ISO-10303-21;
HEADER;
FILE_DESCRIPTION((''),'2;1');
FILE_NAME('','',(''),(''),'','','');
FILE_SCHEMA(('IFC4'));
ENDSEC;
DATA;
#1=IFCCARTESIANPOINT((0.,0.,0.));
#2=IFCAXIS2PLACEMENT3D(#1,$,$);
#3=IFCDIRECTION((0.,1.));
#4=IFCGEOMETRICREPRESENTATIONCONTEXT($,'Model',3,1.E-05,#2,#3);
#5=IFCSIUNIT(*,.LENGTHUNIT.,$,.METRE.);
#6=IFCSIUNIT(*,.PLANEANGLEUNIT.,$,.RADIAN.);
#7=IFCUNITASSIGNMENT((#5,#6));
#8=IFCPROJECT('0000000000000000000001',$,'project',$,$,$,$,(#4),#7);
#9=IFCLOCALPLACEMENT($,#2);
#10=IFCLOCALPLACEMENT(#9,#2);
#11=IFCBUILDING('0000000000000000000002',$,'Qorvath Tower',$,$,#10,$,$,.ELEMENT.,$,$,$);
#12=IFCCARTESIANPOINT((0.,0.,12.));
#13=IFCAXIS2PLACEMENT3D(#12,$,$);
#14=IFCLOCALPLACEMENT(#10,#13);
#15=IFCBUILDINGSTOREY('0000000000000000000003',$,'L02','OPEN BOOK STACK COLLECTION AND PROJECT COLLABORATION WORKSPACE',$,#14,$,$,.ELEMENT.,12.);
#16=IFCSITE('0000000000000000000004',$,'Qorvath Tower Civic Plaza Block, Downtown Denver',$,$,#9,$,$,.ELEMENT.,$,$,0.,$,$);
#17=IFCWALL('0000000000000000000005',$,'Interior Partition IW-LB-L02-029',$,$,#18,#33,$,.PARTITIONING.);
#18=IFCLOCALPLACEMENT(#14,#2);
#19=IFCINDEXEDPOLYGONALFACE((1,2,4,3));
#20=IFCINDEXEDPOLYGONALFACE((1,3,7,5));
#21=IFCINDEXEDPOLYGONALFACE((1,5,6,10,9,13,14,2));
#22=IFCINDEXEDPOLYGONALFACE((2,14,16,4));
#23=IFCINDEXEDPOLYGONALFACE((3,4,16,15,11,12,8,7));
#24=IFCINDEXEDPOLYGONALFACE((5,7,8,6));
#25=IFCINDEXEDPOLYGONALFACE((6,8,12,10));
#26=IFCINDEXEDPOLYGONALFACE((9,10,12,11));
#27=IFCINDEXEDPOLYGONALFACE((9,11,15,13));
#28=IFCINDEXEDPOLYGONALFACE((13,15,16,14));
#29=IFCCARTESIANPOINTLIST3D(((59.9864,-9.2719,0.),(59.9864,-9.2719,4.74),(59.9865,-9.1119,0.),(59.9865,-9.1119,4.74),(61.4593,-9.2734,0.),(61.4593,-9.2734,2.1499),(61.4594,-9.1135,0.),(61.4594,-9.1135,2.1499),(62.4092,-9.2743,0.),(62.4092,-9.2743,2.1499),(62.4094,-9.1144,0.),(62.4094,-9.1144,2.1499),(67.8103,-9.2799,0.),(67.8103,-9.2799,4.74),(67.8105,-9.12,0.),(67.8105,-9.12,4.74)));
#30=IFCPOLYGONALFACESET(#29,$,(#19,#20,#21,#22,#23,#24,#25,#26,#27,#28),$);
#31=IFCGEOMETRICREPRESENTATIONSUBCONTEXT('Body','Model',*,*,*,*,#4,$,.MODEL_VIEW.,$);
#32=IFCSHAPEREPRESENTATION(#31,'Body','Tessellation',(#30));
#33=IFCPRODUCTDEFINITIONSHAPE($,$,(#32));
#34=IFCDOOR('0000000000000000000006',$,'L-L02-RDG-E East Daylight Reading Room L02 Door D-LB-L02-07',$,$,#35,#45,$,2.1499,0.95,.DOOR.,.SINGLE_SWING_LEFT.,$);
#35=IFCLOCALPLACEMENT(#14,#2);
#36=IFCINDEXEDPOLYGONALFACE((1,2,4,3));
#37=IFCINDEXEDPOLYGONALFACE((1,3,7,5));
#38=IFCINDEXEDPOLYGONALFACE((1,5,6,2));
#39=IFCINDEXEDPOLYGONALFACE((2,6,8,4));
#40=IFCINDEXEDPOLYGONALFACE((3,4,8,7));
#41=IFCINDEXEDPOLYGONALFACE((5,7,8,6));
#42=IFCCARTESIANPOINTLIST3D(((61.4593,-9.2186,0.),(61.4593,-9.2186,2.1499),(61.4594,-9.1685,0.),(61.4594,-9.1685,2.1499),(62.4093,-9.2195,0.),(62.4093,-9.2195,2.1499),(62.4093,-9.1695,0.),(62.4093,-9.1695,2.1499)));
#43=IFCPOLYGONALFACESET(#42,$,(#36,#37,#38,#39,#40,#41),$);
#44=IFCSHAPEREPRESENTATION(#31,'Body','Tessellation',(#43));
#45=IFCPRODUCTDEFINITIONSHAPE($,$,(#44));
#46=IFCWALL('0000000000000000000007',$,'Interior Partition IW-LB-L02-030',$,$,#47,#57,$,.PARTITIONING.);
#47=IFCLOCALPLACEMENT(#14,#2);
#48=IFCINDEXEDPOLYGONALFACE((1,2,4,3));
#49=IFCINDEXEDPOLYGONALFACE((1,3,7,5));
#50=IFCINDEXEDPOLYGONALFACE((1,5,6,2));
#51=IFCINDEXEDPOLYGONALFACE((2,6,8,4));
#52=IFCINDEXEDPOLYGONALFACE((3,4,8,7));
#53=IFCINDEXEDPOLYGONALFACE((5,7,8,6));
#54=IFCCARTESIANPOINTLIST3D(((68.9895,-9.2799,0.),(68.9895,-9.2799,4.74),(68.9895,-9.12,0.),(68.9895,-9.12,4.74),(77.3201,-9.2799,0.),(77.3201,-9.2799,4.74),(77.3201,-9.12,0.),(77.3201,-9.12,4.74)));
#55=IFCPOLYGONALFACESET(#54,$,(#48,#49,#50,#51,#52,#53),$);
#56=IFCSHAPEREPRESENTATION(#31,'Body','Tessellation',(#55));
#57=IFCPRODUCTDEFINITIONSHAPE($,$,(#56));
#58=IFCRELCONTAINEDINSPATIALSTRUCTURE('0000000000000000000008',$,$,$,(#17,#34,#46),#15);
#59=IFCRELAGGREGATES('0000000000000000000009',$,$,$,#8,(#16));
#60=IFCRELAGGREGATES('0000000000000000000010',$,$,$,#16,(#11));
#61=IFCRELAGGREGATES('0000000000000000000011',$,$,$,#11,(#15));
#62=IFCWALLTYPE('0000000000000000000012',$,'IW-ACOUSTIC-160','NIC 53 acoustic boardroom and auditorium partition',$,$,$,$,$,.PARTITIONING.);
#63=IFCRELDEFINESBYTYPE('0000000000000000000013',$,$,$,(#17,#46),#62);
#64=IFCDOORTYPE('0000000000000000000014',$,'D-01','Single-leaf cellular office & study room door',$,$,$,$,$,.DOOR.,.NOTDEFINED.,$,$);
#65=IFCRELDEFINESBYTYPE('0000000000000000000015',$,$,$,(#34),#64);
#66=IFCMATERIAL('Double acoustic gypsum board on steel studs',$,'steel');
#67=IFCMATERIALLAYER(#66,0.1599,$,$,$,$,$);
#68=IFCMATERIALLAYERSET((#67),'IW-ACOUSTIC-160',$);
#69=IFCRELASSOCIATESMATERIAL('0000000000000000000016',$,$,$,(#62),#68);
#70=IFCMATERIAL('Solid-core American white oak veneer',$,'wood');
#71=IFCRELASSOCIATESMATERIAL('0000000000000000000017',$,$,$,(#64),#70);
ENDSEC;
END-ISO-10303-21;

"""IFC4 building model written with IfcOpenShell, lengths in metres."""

from ifc_helpers import new_model, si_unit, direction, frame, frame_2d, origin, place, context, subcontext, project, spatial, rectangle, extrude, material, layer, layer_set, type_object, element, fill, save


model = new_model("IFC4")

# Units and contexts
model_context = context("Model", 3, precision=1e-05, world=origin(), true_north=direction((0.0, 1.0)))
body_context = subcontext(model_context, "Body", "Model", "MODEL_VIEW")
ifc_project = project(units=[si_unit("LENGTHUNIT", "METRE"), si_unit("PLANEANGLEUNIT", "RADIAN")], contexts=[model_context])

# Site, building, storey
site_placement = place(None, origin())
site = spatial("IfcSite", under=ifc_project, at=site_placement, Name="Qorvath Tower Civic Plaza Block, Downtown Denver", CompositionType="ELEMENT", RefElevation=0.0)
building_placement = place(site_placement, origin())
building = spatial("IfcBuilding", under=site, at=building_placement, Name="Qorvath Tower", CompositionType="ELEMENT")
storey_placement = place(building_placement, frame((0.0, 0.0, 12.0)))
storey = spatial("IfcBuildingStorey", under=building, at=storey_placement, Name="L02", Description="OPEN BOOK STACK COLLECTION AND PROJECT COLLABORATION WORKSPACE", CompositionType="ELEMENT", Elevation=12.0)

# Wall, opening, door
ifc_material_1 = material(Name="Double acoustic gypsum board on steel studs", Category="steel")
ifc_layer_1 = layer(ifc_material_1, 0.1599)
ifc_layer_set_1 = layer_set([ifc_layer_1], Name="IW-ACOUSTIC-160")
wall_type = type_object("IfcWallType", Name="IW-ACOUSTIC-160", Description="NIC 53 acoustic boardroom and auditorium partition", PredefinedType="PARTITIONING", material=ifc_layer_set_1)
wall_1_placement = place(storey_placement, frame((59.9863, -9.1919, 0.0), z_axis=(0.0, 0.0, 1.0), x_axis=(0.999999, -0.00103, 0.0)))
wall_1 = element("IfcWall", 1, at=wall_1_placement, inside=storey, type_object=wall_type, Name="Interior Partition IW-LB-L02-029", PredefinedType="PARTITIONING", context=body_context, shape_type="SweptSolid", body=[
    extrude(rectangle(XDim=7.824, YDim=0.1599, at=frame_2d((3.9121, 0.0))), origin(), (0.0, 0.0, 1.0), 4.74),
])
opening_placement = place(wall_1_placement, frame((1.4729, 0.0, 0.0)))
opening = element("IfcOpeningElement", 2, at=opening_placement, cuts=wall_1, PredefinedType="OPENING", context=body_context, shape_type="SweptSolid", body=[
    extrude(rectangle(XDim=0.95, YDim=2.1499, at=frame_2d((0.4751, 1.075))), frame((0.0, 0.0898, 0.0), z_axis=(0.0, -1.0, 0.0), x_axis=(1.0, 0.0, 0.0)), (0.0, 0.0, 1.0), 0.1799),
])
ifc_material_2 = material(Name="Solid-core American white oak veneer", Category="wood")
door_type = type_object("IfcDoorType", Name="D-01", Description="Single-leaf cellular office & study room door", OperationType="NOTDEFINED", PredefinedType="DOOR", material=ifc_material_2)
door_placement = place(opening_placement, origin())
door = element("IfcDoor", 3, at=door_placement, inside=storey, type_object=door_type, Name="L-L02-RDG-E East Daylight Reading Room L02 Door D-LB-L02-07", OperationType="SINGLE_SWING_LEFT", OverallHeight=2.1499, OverallWidth=0.95, PredefinedType="DOOR", context=body_context, shape_type="SweptSolid", body=[
    extrude(rectangle(XDim=0.95, YDim=2.1499, at=frame_2d((0.4751, 1.075))), frame((0.0, 0.0249, 0.0), z_axis=(0.0, -1.0, 0.0), x_axis=(1.0, 0.0, 0.0)), (0.0, 0.0, 1.0), 0.05),
])
fill(opening, door)

# Wall
wall_2_placement = place(storey_placement, frame((68.9895, -9.2, 0.0), z_axis=(0.0, 0.0, 1.0), x_axis=(1.0, 0.0, 0.0)))
element("IfcWall", 4, at=wall_2_placement, inside=storey, type_object=wall_type, Name="Interior Partition IW-LB-L02-030", PredefinedType="PARTITIONING", context=body_context, shape_type="SweptSolid", body=[
    extrude(rectangle(XDim=8.3306, YDim=0.1599, at=frame_2d((4.1653, 0.0))), origin(), (0.0, 0.0, 1.0), 4.74),
])

save(model, "model.ifc")
